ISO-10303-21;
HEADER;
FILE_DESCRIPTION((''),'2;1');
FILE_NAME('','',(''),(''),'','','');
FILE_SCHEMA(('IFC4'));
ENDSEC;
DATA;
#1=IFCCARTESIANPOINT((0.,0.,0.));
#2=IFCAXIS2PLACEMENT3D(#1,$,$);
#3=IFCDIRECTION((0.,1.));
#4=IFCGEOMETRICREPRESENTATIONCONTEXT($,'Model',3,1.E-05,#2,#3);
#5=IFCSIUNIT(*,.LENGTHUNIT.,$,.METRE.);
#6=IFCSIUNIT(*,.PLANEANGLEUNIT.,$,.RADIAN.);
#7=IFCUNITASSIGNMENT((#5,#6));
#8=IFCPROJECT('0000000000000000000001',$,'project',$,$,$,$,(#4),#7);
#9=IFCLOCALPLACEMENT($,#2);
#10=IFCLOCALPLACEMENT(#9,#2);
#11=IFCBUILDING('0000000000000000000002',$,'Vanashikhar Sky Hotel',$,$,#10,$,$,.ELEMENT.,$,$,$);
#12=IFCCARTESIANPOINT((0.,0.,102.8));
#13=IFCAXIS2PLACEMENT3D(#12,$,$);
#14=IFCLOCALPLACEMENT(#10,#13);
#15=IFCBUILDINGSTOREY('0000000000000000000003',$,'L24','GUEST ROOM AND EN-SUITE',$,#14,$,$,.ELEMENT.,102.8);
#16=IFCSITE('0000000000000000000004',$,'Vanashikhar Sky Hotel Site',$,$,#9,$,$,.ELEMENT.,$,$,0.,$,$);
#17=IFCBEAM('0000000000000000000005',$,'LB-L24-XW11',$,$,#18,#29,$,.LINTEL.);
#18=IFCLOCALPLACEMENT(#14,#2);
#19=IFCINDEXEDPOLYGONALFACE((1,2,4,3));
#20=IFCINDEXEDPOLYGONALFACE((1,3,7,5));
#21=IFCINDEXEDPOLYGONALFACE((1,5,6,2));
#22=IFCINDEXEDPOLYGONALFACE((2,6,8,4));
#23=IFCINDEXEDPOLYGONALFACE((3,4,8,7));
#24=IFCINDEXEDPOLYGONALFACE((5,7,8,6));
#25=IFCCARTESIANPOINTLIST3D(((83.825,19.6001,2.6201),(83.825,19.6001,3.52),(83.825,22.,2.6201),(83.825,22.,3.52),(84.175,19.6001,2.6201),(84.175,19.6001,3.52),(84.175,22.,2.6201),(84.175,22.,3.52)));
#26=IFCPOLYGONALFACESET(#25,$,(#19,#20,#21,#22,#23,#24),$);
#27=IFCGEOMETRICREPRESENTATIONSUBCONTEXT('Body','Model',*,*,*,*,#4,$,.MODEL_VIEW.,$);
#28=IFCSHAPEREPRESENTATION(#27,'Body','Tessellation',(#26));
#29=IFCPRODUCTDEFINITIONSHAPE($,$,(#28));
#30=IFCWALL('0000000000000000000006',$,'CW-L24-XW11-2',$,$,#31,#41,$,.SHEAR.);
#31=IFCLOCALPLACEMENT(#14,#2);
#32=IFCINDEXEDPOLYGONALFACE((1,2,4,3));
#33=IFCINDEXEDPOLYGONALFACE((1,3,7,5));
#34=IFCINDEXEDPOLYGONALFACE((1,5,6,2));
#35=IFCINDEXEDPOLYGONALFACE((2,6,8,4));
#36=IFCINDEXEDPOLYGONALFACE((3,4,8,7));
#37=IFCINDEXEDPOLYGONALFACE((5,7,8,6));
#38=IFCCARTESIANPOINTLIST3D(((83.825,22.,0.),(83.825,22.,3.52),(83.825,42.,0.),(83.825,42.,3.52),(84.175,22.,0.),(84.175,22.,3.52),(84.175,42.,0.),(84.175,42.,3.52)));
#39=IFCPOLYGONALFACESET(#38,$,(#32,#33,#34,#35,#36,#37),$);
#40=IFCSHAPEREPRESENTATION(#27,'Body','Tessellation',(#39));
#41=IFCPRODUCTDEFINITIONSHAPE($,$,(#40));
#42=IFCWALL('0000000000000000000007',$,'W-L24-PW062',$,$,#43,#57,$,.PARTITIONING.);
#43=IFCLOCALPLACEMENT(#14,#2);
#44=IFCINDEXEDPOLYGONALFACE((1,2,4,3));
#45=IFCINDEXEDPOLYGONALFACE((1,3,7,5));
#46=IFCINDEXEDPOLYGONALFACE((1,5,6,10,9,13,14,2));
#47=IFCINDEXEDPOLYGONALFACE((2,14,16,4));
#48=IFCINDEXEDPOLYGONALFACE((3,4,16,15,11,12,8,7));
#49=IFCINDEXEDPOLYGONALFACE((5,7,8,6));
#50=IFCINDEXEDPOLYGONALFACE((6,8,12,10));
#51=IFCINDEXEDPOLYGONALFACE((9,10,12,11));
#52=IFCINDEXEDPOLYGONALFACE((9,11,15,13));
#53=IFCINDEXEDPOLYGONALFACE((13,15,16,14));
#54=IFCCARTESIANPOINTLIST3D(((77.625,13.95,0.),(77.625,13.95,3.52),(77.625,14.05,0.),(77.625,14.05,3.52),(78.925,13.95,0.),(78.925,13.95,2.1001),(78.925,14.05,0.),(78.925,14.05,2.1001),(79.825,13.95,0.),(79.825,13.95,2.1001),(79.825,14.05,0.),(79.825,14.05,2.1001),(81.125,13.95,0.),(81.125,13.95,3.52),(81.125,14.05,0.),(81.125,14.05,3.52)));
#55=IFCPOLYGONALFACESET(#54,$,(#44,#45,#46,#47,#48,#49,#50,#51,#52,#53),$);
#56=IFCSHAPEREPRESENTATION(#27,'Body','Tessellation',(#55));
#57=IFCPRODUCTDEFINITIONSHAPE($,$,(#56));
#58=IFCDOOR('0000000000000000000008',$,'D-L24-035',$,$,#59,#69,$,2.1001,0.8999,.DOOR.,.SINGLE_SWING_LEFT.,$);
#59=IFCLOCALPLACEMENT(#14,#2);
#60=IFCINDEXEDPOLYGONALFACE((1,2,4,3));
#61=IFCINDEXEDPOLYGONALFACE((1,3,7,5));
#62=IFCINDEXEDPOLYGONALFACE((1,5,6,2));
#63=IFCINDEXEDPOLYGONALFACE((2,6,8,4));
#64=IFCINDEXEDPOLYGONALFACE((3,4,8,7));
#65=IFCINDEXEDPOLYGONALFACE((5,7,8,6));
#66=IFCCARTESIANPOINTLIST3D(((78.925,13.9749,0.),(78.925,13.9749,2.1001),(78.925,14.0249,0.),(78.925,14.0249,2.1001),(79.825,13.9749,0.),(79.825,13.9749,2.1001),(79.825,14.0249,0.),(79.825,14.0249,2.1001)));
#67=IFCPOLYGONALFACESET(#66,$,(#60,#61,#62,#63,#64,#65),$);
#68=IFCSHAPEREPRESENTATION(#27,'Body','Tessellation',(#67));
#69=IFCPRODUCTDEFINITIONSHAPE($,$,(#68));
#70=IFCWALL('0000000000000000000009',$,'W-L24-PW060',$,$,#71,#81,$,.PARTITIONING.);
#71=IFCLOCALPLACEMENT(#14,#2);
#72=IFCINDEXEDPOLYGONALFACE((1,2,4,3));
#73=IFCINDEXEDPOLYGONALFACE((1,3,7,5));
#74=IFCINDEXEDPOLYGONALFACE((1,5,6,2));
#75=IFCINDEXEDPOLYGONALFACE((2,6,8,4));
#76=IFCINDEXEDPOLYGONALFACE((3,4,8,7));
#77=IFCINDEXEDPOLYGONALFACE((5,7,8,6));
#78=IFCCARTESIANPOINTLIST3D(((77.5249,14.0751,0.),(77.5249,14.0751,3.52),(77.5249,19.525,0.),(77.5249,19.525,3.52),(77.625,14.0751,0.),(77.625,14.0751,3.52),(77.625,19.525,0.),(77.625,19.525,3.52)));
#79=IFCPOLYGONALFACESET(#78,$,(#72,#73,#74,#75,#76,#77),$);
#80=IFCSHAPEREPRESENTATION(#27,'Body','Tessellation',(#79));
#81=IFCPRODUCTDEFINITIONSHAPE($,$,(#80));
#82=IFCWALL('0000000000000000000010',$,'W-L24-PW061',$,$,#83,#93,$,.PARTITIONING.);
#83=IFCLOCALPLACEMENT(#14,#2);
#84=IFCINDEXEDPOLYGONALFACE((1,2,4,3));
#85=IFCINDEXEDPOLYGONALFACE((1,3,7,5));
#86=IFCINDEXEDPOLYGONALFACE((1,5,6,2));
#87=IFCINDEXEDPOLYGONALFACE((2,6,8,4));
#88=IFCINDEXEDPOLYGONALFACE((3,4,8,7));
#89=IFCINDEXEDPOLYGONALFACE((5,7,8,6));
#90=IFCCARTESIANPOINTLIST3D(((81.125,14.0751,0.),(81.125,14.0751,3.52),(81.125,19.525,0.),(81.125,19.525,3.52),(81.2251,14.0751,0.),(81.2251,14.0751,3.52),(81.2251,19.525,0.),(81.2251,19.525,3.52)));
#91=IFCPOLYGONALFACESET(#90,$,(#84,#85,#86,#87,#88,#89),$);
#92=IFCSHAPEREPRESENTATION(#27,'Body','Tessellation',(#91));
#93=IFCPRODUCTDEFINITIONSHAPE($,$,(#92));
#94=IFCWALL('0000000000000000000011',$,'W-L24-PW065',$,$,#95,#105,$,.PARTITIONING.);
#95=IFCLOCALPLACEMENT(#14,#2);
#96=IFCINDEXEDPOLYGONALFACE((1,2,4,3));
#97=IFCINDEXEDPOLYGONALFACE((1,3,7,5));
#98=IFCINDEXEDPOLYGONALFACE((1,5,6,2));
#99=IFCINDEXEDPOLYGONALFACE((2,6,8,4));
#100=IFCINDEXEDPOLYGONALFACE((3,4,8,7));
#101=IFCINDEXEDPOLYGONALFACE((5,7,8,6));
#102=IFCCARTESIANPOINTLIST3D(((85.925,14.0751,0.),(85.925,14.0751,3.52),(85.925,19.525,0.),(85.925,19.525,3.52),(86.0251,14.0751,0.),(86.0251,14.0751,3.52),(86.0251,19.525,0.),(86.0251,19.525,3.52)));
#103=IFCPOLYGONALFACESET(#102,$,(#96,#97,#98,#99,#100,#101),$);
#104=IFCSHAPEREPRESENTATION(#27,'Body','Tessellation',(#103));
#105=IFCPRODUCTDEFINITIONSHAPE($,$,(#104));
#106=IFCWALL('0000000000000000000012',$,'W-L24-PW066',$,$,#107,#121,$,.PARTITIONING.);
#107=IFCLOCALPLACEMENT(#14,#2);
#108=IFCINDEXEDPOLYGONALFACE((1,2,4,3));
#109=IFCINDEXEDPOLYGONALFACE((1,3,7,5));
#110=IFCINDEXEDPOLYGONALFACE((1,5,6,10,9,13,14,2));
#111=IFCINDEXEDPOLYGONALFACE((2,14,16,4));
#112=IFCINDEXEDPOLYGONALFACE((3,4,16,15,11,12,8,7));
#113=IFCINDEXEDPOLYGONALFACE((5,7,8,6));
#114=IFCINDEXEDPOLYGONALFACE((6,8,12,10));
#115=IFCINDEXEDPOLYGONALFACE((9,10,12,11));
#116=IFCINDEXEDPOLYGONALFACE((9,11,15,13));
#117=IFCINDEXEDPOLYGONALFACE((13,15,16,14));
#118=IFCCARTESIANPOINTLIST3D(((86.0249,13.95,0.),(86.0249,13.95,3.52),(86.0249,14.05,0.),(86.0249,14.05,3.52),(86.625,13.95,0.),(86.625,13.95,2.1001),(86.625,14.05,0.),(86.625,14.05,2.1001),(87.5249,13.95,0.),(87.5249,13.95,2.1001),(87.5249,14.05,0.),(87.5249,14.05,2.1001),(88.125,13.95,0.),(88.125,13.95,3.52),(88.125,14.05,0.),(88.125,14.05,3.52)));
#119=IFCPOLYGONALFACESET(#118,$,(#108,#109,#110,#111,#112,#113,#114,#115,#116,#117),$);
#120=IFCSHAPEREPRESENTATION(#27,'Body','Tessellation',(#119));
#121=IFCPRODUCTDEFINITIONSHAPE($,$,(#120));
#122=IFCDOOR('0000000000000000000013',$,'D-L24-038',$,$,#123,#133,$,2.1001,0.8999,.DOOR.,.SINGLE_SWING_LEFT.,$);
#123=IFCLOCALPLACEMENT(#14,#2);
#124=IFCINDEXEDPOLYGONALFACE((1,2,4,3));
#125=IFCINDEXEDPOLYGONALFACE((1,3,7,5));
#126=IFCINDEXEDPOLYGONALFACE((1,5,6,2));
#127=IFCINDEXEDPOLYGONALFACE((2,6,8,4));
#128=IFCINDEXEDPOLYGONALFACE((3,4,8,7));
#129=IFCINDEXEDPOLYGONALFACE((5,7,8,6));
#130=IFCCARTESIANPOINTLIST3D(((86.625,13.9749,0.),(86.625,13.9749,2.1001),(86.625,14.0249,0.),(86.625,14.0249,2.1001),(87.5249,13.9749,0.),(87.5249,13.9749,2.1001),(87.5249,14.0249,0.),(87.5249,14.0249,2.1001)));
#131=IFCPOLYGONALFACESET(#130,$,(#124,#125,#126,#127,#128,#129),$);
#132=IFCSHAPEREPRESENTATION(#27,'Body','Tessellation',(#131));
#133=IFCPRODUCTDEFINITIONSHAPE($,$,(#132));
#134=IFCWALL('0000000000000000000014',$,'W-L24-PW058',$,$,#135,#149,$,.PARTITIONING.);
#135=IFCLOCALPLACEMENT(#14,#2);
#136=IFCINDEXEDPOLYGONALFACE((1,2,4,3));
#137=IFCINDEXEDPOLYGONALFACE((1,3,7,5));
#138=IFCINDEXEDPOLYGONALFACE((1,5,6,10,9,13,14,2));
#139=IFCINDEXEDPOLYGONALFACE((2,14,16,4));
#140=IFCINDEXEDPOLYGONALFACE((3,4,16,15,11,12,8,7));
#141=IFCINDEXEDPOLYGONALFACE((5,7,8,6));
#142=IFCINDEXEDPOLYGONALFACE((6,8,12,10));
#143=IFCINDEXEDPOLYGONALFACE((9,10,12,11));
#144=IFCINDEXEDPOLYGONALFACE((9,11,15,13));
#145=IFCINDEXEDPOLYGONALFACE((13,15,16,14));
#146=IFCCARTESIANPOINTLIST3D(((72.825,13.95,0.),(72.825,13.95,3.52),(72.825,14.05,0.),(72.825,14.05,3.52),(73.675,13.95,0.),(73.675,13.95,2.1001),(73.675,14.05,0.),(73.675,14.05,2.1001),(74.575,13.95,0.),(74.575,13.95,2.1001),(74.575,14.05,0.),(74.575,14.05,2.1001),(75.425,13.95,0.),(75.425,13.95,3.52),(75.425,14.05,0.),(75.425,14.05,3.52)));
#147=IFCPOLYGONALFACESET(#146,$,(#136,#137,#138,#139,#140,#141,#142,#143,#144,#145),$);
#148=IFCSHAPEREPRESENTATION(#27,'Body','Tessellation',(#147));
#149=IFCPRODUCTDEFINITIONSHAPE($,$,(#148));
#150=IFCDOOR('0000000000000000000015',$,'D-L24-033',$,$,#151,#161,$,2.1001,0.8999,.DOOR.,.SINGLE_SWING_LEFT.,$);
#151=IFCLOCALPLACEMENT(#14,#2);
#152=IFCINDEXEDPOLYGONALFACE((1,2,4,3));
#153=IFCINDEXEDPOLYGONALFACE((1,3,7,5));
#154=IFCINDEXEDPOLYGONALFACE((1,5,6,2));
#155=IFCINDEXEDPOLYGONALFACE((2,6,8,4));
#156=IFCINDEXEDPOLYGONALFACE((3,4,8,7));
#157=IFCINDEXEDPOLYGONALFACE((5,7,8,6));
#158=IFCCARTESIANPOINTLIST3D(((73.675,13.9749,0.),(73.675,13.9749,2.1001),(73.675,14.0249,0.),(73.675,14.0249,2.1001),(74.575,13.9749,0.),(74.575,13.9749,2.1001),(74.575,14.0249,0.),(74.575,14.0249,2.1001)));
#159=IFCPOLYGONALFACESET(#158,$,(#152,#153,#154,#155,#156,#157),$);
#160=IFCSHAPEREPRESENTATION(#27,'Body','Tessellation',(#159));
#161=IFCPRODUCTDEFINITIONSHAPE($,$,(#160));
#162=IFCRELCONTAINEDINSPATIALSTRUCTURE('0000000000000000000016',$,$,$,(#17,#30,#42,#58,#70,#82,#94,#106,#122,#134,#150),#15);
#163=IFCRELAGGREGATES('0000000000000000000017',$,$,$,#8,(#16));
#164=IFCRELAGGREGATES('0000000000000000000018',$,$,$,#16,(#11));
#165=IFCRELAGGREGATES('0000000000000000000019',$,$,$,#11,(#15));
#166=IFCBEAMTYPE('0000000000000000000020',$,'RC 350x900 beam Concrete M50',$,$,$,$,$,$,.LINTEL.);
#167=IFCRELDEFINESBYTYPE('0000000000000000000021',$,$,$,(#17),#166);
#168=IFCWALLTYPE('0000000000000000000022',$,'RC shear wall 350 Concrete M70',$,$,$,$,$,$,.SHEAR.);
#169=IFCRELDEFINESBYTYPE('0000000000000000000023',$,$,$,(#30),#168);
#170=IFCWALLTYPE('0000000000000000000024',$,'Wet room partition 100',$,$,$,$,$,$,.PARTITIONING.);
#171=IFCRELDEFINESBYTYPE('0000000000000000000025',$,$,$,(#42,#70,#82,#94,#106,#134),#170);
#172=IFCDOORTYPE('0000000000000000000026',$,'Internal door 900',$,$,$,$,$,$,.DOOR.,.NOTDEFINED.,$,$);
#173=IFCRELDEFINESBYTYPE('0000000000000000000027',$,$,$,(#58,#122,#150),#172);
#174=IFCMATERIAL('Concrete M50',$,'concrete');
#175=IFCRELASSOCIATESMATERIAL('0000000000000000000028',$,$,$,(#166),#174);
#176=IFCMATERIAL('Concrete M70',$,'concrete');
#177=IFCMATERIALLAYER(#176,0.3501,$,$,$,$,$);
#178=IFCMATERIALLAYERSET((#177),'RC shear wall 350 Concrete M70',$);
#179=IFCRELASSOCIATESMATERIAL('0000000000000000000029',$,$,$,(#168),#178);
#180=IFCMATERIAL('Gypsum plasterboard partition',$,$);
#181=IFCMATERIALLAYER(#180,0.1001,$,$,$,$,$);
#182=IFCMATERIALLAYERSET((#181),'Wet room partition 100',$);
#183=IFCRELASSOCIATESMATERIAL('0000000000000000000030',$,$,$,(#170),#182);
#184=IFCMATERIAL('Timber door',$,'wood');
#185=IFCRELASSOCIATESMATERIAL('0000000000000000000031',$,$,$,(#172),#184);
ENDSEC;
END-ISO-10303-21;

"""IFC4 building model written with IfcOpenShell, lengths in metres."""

from ifc_helpers import new_model, si_unit, direction, frame, frame_2d, origin, origin_2d, place, context, subcontext, project, spatial, rectangle, extrude, source, transform, mapped, material, layer, layer_set, material_profile, profile_set, type_object, element, fill, save


model = new_model("IFC4")

# Units and contexts
model_context = context("Model", 3, precision=1e-05, world=origin(), true_north=direction((0.0, 1.0)))
body_context = subcontext(model_context, "Body", "Model", "MODEL_VIEW")
ifc_project = project(units=[si_unit("LENGTHUNIT", "METRE"), si_unit("PLANEANGLEUNIT", "RADIAN")], contexts=[model_context])

# Site, building, storey
site_placement = place(None, origin())
site = spatial("IfcSite", under=ifc_project, at=site_placement, Name="Vanashikhar Sky Hotel Site", CompositionType="ELEMENT", RefElevation=0.0)
building_placement = place(site_placement, origin())
building = spatial("IfcBuilding", under=site, at=building_placement, Name="Vanashikhar Sky Hotel", CompositionType="ELEMENT")
storey_placement = place(building_placement, frame((0.0, 0.0, 102.8)))
storey = spatial("IfcBuildingStorey", under=building, at=storey_placement, Name="L24", Description="GUEST ROOM AND EN-SUITE", CompositionType="ELEMENT", Elevation=102.8)

# Beam
ifc_material_1 = material(Name="Concrete M50", Category="concrete")
ifc_material_profile = material_profile(ifc_material_1, rectangle(XDim=0.3501, YDim=0.8999, at=origin_2d()))
ifc_profile_set = profile_set([ifc_material_profile], Name="RC 350x900 beam Concrete M50")
beam_type = type_object("IfcBeamType", Name="RC 350x900 beam Concrete M50", PredefinedType="LINTEL", material=ifc_profile_set)
shared_shape_1 = source(origin(), body_context, "Body", "SweptSolid", [
    extrude(rectangle(XDim=0.3501, YDim=0.8999, at=origin_2d()), origin(), (0.0, 0.0, 1.0), 2.3999),
])
beam_placement = place(storey_placement, frame((84.0, 19.6001, 3.0701), z_axis=(0.0, 1.0, 0.0), x_axis=(-1.0, 0.0, 0.0)))
element("IfcBeam", 1, at=beam_placement, inside=storey, type_object=beam_type, Name="LB-L24-XW11", PredefinedType="LINTEL", context=body_context, shape_type="MappedRepresentation", body=[
    mapped(shared_shape_1, transform((0.0, 0.0, 0.0), scale=1.0)),
])

# Wall
ifc_material_2 = material(Name="Concrete M70", Category="concrete")
ifc_layer_1 = layer(ifc_material_2, 0.3501)
ifc_layer_set_1 = layer_set([ifc_layer_1], Name="RC shear wall 350 Concrete M70")
wall_type_1 = type_object("IfcWallType", Name="RC shear wall 350 Concrete M70", PredefinedType="SHEAR", material=ifc_layer_set_1)
shared_shape_2 = source(origin(), body_context, "Body", "SweptSolid", [
    extrude(rectangle(XDim=20.0, YDim=0.3501, at=frame_2d((10.0, 0.0))), origin(), (0.0, 0.0, 1.0), 3.52),
])
wall_1_placement = place(storey_placement, frame((84.0, 22.0, 0.0), z_axis=(0.0, 0.0, 1.0), x_axis=(0.0, 1.0, 0.0)))
element("IfcWall", 2, at=wall_1_placement, inside=storey, type_object=wall_type_1, Name="CW-L24-XW11-2", PredefinedType="SHEAR", context=body_context, shape_type="MappedRepresentation", body=[
    mapped(shared_shape_2, transform((0.0, 0.0, 0.0), scale=1.0)),
])

# Wall, opening, door
ifc_material_3 = material(Name="Gypsum plasterboard partition")
ifc_layer_2 = layer(ifc_material_3, 0.1001)
ifc_layer_set_2 = layer_set([ifc_layer_2], Name="Wet room partition 100")
wall_type_2 = type_object("IfcWallType", Name="Wet room partition 100", PredefinedType="PARTITIONING", material=ifc_layer_set_2)
shared_shape_3 = source(origin(), body_context, "Body", "SweptSolid", [
    extrude(rectangle(XDim=3.5, YDim=0.1001, at=frame_2d((1.75, 0.0))), origin(), (0.0, 0.0, 1.0), 3.52),
])
wall_2_placement = place(storey_placement, frame((77.625, 14.0, 0.0), z_axis=(0.0, 0.0, 1.0), x_axis=(1.0, 0.0, 0.0)))
wall_2 = element("IfcWall", 3, at=wall_2_placement, inside=storey, type_object=wall_type_2, Name="W-L24-PW062", PredefinedType="PARTITIONING", context=body_context, shape_type="MappedRepresentation", body=[
    mapped(shared_shape_3, transform((0.0, 0.0, 0.0), scale=1.0)),
])
shared_shape_4 = source(origin(), body_context, "Body", "SweptSolid", [
    extrude(rectangle(XDim=0.8999, YDim=2.1001, at=frame_2d((0.45, 1.05))), frame((0.0, 0.0601, 0.0), z_axis=(0.0, -1.0, 0.0), x_axis=(1.0, 0.0, 0.0)), (0.0, 0.0, 1.0), 0.1201),
])
opening_1_placement = place(wall_2_placement, frame((1.3, 0.0, 0.0)))
opening_1 = element("IfcOpeningElement", 4, at=opening_1_placement, cuts=wall_2, PredefinedType="OPENING", context=body_context, shape_type="MappedRepresentation", body=[
    mapped(shared_shape_4, transform((0.0, 0.0, 0.0), scale=1.0)),
])
ifc_material_4 = material(Name="Timber door", Category="wood")
door_type_1 = type_object("IfcDoorType", Name="Internal door 900", OperationType="NOTDEFINED", PredefinedType="DOOR", material=ifc_material_4)
shared_shape_5 = source(origin(), body_context, "Body", "SweptSolid", [
    extrude(rectangle(XDim=0.8999, YDim=2.1001, at=frame_2d((0.45, 1.05))), frame((0.0, 0.0249, 0.0), z_axis=(0.0, -1.0, 0.0), x_axis=(1.0, 0.0, 0.0)), (0.0, 0.0, 1.0), 0.05),
])
door_1_placement = place(opening_1_placement, origin())
door_1 = element("IfcDoor", 5, at=door_1_placement, inside=storey, type_object=door_type_1, Name="D-L24-035", OperationType="SINGLE_SWING_LEFT", OverallHeight=2.1001, OverallWidth=0.8999, PredefinedType="DOOR", context=body_context, shape_type="MappedRepresentation", body=[
    mapped(shared_shape_5, transform((0.0, 0.0, 0.0), scale=1.0)),
])
fill(opening_1, door_1)

# Walls
shared_shape_6 = source(origin(), body_context, "Body", "SweptSolid", [
    extrude(rectangle(XDim=5.45, YDim=0.1001, at=frame_2d((2.7251, 0.0))), origin(), (0.0, 0.0, 1.0), 3.52),
])
for number, where, z_axis, x_axis, name in (
    (6, (77.575, 14.075, 0.0), (0.0, 0.0, 1.0), (0.0, 1.0, 0.0), "W-L24-PW060"),
    (7, (81.175, 14.075, 0.0), (0.0, 0.0, 1.0), (0.0, 1.0, 0.0), "W-L24-PW061"),
    (8, (85.9751, 14.075, 0.0), (0.0, 0.0, 1.0), (0.0, 1.0, 0.0), "W-L24-PW065"),
):
    element("IfcWall", number, at=place(storey_placement, frame(where, z_axis=z_axis, x_axis=x_axis)), inside=storey, type_object=wall_type_2, Name=name, PredefinedType="PARTITIONING", context=body_context, shape_type="MappedRepresentation", body=[
        mapped(shared_shape_6, transform((0.0, 0.0, 0.0), scale=1.0)),
    ])

# Walls, openings, doors
shared_shape_7 = source(origin(), body_context, "Body", "SweptSolid", [
    extrude(rectangle(XDim=2.1001, YDim=0.1001, at=frame_2d((1.05, 0.0))), origin(), (0.0, 0.0, 1.0), 3.52),
])
wall_3_placement = place(storey_placement, frame((86.0249, 14.0, 0.0), z_axis=(0.0, 0.0, 1.0), x_axis=(1.0, 0.0, 0.0)))
wall_3 = element("IfcWall", 9, at=wall_3_placement, inside=storey, type_object=wall_type_2, Name="W-L24-PW066", PredefinedType="PARTITIONING", context=body_context, shape_type="MappedRepresentation", body=[
    mapped(shared_shape_7, transform((0.0, 0.0, 0.0), scale=1.0)),
])
opening_2_placement = place(wall_3_placement, frame((0.6001, 0.0, 0.0)))
opening_2 = element("IfcOpeningElement", 10, at=opening_2_placement, cuts=wall_3, PredefinedType="OPENING", context=body_context, shape_type="MappedRepresentation", body=[
    mapped(shared_shape_4, transform((0.0, 0.0, 0.0), scale=1.0)),
])
door_2_placement = place(opening_2_placement, origin())
door_2 = element("IfcDoor", 11, at=door_2_placement, inside=storey, type_object=door_type_1, Name="D-L24-038", OperationType="SINGLE_SWING_LEFT", OverallHeight=2.1001, OverallWidth=0.8999, PredefinedType="DOOR", context=body_context, shape_type="MappedRepresentation", body=[
    mapped(shared_shape_5, transform((0.0, 0.0, 0.0), scale=1.0)),
])
fill(opening_2, door_2)
shared_shape_8 = source(origin(), body_context, "Body", "SweptSolid", [
    extrude(rectangle(XDim=2.6001, YDim=0.1001, at=frame_2d((1.3, 0.0))), origin(), (0.0, 0.0, 1.0), 3.52),
])
wall_4_placement = place(storey_placement, frame((72.825, 14.0, 0.0), z_axis=(0.0, 0.0, 1.0), x_axis=(1.0, 0.0, 0.0)))
wall_4 = element("IfcWall", 12, at=wall_4_placement, inside=storey, type_object=wall_type_2, Name="W-L24-PW058", PredefinedType="PARTITIONING", context=body_context, shape_type="MappedRepresentation", body=[
    mapped(shared_shape_8, transform((0.0, 0.0, 0.0), scale=1.0)),
])
opening_3_placement = place(wall_4_placement, frame((0.8501, 0.0, 0.0)))
opening_3 = element("IfcOpeningElement", 13, at=opening_3_placement, cuts=wall_4, PredefinedType="OPENING", context=body_context, shape_type="MappedRepresentation", body=[
    mapped(shared_shape_4, transform((0.0, 0.0, 0.0), scale=1.0)),
])
door_3_placement = place(opening_3_placement, origin())
door_3 = element("IfcDoor", 14, at=door_3_placement, inside=storey, type_object=door_type_1, Name="D-L24-033", OperationType="SINGLE_SWING_LEFT", OverallHeight=2.1001, OverallWidth=0.8999, PredefinedType="DOOR", context=body_context, shape_type="MappedRepresentation", body=[
    mapped(shared_shape_5, transform((0.0, 0.0, 0.0), scale=1.0)),
])
fill(opening_3, door_3)

save(model, "model.ifc")
